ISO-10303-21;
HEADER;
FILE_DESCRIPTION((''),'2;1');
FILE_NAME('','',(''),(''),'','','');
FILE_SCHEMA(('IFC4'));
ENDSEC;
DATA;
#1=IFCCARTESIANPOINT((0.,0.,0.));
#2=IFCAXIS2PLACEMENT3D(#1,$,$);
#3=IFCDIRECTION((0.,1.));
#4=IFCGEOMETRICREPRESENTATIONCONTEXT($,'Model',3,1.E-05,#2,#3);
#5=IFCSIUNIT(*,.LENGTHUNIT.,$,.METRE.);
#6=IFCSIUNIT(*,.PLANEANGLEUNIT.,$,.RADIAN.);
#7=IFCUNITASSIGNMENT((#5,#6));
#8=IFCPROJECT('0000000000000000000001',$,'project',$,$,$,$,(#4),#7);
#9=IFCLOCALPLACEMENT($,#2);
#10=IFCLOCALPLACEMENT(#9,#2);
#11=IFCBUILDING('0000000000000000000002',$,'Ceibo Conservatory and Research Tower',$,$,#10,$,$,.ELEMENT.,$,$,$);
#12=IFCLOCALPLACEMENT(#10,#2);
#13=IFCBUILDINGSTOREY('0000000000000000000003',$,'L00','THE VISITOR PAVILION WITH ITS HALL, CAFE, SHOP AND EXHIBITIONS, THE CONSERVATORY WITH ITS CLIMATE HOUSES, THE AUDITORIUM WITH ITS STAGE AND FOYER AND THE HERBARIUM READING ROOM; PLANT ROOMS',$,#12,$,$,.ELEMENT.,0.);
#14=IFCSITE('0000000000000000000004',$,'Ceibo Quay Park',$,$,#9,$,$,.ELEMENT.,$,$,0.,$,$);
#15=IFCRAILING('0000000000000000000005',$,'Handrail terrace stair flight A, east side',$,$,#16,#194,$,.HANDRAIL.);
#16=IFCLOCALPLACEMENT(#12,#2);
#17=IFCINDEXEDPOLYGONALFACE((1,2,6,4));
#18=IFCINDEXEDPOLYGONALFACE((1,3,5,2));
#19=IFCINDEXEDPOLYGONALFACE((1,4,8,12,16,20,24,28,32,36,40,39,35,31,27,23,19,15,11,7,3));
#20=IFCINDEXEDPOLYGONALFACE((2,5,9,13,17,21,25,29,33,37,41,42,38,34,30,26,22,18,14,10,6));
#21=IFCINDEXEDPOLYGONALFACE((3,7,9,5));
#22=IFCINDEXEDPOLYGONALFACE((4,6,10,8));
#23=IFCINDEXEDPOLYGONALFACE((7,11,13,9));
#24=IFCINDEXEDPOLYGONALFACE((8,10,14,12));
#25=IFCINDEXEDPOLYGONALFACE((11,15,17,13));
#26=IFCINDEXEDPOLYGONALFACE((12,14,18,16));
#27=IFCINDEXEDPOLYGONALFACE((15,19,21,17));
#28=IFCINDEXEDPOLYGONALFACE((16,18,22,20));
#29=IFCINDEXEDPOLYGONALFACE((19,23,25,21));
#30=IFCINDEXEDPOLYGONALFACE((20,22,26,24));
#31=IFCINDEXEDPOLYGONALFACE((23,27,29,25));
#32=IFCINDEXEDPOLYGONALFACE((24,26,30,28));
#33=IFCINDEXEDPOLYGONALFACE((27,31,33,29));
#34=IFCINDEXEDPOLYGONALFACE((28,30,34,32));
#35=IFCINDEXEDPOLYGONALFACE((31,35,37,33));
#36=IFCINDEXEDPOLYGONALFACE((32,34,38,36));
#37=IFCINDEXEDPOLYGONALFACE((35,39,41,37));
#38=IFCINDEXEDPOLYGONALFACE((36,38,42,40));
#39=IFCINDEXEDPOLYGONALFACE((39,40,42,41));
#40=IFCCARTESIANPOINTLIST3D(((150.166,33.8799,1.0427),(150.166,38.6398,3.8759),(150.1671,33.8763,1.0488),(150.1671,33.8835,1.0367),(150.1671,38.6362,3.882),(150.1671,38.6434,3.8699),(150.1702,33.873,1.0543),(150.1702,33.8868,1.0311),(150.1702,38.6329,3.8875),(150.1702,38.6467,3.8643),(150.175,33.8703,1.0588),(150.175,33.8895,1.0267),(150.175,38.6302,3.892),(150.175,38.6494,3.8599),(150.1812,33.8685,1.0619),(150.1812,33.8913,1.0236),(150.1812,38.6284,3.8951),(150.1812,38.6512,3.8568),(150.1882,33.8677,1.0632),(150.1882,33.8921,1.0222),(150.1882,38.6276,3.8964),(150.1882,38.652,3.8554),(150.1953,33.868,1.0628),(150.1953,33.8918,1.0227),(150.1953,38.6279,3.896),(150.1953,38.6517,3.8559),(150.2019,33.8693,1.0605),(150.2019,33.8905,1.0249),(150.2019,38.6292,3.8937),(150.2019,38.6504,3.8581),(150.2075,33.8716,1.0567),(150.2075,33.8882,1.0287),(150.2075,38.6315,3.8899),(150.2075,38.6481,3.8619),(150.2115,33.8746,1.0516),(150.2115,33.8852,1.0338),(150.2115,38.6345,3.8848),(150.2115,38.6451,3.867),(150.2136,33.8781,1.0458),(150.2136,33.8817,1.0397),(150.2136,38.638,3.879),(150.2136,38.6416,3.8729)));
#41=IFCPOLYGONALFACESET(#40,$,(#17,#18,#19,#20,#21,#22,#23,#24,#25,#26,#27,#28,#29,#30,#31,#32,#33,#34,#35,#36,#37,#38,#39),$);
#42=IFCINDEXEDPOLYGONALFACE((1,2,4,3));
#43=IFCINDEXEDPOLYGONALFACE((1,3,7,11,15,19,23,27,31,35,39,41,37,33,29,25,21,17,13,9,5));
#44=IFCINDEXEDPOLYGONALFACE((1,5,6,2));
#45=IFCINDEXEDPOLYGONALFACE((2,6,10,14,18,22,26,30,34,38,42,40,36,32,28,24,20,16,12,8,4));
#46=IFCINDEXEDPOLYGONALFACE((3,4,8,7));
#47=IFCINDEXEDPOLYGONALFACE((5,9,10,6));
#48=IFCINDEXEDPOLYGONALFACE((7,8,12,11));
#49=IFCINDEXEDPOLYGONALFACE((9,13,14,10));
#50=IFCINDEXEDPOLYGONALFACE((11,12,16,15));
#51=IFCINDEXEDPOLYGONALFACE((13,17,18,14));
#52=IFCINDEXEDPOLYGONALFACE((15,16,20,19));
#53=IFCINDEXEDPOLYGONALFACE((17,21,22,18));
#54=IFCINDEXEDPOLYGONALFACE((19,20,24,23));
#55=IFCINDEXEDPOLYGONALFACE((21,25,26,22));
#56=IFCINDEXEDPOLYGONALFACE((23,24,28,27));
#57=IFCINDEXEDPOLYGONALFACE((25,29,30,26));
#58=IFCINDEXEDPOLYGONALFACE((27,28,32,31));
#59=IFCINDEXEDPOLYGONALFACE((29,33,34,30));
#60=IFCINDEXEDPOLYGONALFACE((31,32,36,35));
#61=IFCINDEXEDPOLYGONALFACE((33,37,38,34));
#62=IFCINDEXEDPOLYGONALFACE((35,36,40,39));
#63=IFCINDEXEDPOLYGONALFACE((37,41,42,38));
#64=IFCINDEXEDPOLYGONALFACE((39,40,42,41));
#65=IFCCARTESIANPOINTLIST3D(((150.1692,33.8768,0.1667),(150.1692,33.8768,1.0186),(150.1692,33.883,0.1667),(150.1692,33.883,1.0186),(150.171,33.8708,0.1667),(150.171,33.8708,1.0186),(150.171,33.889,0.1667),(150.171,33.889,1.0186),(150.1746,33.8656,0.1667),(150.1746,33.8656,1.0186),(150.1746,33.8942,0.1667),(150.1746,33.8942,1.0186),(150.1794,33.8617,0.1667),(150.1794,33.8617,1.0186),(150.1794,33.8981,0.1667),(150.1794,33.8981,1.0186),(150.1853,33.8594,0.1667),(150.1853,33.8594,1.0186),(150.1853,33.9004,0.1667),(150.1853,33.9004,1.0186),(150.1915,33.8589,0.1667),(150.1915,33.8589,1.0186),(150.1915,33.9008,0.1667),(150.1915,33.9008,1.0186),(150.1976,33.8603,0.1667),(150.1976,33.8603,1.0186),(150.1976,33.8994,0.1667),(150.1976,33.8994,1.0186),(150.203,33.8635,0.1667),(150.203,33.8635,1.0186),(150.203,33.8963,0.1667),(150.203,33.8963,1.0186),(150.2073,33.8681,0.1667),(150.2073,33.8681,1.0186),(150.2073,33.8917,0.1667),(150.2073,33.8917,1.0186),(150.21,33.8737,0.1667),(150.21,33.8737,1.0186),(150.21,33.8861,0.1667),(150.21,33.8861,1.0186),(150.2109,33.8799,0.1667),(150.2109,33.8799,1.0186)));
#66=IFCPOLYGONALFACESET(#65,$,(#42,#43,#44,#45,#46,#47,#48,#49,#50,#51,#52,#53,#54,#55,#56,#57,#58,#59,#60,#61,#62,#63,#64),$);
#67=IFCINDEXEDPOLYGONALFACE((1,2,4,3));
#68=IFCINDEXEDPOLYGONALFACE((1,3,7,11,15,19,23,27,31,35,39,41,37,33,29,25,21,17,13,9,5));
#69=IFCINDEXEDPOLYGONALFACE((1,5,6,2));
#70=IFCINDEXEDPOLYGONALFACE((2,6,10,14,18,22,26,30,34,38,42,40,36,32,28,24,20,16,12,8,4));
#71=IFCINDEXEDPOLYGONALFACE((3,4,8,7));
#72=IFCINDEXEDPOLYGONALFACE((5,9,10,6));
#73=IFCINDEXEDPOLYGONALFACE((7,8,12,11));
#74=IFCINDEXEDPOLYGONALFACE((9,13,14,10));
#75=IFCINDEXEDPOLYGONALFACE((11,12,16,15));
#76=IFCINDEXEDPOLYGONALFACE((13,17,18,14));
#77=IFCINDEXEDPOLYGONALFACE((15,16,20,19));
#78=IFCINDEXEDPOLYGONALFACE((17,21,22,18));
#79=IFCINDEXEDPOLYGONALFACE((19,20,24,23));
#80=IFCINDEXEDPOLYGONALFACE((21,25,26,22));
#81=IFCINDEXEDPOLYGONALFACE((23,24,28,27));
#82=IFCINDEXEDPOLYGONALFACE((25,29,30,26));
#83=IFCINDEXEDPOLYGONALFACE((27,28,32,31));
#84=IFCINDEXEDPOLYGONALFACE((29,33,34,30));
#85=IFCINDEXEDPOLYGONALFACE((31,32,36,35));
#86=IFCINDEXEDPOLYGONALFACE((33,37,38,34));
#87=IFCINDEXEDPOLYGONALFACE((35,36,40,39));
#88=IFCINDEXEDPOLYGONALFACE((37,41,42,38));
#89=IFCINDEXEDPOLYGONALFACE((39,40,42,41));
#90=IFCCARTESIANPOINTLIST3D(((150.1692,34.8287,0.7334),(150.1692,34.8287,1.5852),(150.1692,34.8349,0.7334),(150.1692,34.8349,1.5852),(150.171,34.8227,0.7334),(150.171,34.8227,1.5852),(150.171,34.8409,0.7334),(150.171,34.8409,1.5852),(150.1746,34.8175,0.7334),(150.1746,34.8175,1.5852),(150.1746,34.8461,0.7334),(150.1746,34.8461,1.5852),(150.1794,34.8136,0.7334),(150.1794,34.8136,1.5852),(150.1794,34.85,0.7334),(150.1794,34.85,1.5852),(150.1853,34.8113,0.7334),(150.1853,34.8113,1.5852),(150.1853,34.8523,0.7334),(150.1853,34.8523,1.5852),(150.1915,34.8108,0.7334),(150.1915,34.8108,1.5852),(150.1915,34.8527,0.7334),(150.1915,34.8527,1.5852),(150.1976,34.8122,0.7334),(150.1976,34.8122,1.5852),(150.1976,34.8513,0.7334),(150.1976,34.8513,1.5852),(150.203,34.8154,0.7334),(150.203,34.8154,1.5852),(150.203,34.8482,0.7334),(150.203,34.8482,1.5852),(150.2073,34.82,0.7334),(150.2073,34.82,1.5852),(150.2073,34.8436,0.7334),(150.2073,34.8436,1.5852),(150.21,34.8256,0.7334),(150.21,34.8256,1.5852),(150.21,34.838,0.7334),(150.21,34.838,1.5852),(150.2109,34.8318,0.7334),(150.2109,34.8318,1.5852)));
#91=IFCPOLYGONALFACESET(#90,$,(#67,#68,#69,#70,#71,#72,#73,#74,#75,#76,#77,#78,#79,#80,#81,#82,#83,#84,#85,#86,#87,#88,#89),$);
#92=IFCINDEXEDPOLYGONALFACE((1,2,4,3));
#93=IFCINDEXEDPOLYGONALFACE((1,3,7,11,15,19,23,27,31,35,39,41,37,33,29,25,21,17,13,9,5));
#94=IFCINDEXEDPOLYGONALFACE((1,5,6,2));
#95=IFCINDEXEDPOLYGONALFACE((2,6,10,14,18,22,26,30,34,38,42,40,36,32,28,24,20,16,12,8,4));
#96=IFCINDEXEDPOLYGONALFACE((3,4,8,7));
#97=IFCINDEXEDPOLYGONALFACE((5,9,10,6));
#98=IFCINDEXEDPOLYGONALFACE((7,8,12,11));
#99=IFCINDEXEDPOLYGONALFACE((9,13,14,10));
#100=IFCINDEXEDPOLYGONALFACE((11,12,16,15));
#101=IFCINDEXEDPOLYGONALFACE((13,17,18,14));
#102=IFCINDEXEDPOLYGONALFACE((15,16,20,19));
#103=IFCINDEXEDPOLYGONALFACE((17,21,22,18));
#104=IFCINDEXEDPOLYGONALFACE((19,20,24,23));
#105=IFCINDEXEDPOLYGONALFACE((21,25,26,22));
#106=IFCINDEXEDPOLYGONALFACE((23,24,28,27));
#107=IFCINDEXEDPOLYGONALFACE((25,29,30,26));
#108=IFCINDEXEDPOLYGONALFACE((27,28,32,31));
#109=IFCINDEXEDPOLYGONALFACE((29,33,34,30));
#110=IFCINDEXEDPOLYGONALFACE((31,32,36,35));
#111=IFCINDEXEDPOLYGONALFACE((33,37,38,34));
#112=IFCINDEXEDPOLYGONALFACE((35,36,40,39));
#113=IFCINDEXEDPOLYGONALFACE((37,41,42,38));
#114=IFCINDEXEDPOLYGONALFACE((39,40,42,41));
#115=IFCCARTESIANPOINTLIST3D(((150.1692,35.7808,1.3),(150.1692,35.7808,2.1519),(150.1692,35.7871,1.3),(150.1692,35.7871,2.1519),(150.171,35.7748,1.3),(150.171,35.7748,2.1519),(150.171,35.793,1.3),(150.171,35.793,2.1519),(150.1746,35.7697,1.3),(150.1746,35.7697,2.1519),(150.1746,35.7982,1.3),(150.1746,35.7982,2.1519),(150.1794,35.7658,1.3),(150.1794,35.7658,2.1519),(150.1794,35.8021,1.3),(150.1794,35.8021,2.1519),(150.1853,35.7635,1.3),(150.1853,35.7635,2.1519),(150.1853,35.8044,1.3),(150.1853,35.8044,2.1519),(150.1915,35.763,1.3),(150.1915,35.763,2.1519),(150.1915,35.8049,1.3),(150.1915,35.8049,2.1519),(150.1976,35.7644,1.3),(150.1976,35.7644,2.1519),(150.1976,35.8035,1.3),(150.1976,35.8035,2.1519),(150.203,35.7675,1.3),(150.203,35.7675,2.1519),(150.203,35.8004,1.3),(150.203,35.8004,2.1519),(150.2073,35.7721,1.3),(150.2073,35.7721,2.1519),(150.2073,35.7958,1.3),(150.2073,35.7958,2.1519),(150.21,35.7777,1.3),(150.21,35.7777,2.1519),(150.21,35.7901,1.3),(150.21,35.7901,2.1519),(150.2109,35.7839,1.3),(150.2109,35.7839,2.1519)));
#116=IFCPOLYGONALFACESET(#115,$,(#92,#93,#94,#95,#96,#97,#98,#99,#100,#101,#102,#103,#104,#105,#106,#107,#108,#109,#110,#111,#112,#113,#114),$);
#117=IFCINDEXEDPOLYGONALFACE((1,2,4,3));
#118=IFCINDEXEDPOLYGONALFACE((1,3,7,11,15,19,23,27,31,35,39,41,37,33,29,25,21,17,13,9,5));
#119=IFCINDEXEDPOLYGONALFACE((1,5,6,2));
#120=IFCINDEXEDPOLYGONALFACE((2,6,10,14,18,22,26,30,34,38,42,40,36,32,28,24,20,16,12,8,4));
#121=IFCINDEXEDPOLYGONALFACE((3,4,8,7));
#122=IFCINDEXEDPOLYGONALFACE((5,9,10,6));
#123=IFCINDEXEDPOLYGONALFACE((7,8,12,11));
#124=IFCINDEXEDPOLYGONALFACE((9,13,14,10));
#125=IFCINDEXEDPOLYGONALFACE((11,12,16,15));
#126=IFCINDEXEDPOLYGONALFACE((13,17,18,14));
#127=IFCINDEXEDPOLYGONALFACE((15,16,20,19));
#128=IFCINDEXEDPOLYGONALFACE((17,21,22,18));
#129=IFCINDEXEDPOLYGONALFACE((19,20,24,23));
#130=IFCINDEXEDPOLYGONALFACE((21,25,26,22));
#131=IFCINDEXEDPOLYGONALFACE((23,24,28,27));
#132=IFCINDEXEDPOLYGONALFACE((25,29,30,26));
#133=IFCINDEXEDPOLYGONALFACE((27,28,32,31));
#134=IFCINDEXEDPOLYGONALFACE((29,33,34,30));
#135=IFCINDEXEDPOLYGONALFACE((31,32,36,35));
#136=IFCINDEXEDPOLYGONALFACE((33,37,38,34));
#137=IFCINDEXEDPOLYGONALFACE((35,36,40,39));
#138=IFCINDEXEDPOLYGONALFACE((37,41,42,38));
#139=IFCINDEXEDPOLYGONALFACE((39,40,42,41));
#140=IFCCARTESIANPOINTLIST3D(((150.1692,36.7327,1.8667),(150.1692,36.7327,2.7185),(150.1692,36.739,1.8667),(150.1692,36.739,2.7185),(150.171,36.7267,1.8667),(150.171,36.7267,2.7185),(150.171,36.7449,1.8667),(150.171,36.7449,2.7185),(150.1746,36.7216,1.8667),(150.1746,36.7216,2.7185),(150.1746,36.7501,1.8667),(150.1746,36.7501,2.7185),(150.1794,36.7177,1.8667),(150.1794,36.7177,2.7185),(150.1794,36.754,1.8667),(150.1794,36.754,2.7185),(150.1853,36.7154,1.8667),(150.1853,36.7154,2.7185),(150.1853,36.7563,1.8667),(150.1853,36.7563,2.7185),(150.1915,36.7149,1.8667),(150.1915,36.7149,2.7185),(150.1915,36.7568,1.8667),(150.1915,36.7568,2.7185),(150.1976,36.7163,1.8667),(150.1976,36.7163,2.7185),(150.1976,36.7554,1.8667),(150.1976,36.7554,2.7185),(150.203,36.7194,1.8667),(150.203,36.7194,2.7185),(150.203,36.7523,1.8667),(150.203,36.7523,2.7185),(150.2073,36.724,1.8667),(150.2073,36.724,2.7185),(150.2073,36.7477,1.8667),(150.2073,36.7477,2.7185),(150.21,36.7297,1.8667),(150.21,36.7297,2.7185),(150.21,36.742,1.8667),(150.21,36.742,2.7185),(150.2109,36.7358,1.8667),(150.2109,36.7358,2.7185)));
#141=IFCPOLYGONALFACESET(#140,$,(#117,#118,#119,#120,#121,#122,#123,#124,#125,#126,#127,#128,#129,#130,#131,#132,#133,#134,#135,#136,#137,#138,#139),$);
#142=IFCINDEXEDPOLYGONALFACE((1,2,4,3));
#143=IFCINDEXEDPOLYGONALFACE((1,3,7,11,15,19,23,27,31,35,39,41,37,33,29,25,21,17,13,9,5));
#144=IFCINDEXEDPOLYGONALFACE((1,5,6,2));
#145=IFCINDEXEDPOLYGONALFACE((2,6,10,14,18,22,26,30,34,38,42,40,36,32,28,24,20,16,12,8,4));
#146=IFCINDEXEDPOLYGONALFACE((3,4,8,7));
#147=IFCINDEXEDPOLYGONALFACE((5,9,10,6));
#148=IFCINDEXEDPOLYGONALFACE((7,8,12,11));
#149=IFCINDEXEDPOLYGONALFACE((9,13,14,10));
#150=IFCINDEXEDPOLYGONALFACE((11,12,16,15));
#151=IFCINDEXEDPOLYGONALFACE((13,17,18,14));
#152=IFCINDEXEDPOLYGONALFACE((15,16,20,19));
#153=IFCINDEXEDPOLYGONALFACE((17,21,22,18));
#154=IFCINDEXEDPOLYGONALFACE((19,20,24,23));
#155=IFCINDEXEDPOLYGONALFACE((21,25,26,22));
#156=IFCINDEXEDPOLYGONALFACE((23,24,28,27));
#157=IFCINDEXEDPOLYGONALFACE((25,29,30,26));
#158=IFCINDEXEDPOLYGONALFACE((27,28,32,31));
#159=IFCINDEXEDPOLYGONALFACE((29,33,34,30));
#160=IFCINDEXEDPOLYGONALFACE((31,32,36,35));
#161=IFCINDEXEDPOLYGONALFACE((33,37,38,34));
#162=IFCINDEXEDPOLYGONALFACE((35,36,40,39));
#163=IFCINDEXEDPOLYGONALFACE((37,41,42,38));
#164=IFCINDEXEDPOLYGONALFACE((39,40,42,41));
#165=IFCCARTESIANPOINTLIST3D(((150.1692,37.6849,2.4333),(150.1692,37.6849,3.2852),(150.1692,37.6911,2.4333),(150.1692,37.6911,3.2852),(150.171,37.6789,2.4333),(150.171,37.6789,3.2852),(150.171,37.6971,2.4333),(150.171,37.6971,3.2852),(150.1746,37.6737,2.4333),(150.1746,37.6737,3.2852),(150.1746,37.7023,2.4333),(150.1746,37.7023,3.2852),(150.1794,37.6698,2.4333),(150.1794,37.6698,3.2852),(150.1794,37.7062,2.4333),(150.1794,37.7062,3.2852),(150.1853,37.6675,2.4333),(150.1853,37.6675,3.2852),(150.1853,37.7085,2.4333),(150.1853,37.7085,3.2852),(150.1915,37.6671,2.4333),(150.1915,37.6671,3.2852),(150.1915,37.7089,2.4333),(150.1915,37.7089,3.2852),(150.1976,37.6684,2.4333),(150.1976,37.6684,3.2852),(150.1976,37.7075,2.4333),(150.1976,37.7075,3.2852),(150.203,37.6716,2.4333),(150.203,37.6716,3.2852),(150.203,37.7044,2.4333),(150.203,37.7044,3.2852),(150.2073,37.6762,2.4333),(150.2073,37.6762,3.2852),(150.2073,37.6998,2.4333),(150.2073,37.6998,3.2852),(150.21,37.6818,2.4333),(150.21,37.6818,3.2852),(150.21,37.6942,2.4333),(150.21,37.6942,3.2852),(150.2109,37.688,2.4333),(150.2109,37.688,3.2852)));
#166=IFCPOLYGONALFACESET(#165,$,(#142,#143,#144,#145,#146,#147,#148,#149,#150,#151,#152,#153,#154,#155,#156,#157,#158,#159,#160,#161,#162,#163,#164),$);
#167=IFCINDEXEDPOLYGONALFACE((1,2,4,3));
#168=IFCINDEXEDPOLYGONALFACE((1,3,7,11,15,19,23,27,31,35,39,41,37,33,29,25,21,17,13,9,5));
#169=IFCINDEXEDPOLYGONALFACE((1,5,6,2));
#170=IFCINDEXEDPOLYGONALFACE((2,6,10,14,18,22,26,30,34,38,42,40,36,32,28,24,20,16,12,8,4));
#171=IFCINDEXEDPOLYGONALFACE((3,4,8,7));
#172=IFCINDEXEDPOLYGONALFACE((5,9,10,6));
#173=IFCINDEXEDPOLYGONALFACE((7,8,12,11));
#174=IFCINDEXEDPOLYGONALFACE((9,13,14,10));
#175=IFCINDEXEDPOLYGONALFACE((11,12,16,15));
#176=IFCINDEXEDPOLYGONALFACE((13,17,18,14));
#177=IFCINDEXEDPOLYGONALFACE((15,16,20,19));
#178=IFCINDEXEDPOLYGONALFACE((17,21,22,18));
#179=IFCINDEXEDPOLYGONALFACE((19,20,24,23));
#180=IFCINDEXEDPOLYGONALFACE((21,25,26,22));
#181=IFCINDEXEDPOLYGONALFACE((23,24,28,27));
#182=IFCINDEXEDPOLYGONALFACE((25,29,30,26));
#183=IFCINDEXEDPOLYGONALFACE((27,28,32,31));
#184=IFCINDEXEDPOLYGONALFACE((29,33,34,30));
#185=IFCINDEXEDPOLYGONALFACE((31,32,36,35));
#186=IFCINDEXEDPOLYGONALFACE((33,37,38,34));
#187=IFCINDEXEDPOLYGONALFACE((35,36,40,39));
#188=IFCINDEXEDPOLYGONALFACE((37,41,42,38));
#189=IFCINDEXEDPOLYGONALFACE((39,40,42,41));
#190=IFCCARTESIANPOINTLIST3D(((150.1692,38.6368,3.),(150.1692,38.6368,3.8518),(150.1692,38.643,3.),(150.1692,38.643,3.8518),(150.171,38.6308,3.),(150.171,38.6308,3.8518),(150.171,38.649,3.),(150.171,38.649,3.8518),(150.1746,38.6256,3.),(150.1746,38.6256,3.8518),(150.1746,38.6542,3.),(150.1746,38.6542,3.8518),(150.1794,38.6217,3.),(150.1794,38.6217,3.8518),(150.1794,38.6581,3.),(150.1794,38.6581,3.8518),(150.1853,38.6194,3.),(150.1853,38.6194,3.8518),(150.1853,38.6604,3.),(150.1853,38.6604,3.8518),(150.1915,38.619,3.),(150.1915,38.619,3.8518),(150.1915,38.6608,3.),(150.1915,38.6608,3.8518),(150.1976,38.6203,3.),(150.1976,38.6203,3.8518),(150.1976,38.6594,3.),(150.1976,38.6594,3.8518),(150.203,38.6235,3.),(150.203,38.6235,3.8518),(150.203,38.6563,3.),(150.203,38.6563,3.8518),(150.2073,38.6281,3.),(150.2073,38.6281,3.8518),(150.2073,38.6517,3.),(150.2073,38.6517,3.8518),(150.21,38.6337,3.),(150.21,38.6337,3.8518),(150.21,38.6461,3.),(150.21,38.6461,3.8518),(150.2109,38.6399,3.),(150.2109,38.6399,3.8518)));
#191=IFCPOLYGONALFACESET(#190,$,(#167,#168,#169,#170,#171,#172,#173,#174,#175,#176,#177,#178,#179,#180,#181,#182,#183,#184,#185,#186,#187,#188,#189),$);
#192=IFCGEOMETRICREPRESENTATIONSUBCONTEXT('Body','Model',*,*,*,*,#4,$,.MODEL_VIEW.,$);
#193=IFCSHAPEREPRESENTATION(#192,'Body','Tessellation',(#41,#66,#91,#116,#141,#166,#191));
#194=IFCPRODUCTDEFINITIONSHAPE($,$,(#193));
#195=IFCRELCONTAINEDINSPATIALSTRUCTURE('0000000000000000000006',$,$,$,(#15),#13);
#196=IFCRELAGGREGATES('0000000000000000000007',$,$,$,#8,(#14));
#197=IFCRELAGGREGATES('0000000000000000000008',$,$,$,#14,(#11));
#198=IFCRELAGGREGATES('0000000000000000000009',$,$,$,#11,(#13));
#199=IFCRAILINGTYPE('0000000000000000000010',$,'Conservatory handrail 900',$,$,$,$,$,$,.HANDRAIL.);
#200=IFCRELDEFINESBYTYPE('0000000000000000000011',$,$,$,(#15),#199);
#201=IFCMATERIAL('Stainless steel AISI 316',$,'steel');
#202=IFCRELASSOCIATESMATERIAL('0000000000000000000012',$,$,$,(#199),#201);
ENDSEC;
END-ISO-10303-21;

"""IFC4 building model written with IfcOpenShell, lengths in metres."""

from ifc_helpers import new_model, si_unit, direction, frame, origin, origin_2d, place, context, subcontext, project, spatial, circle, extrude, material, type_object, element, save


model = new_model("IFC4")

# Units and contexts
model_context = context("Model", 3, precision=1e-05, world=origin(), true_north=direction((0.0, 1.0)))
body_context = subcontext(model_context, "Body", "Model", "MODEL_VIEW")
ifc_project = project(units=[si_unit("LENGTHUNIT", "METRE"), si_unit("PLANEANGLEUNIT", "RADIAN")], contexts=[model_context])

# Site, building, storey
site_placement = place(None, origin())
site = spatial("IfcSite", under=ifc_project, at=site_placement, Name="Ceibo Quay Park", CompositionType="ELEMENT", RefElevation=0.0)
building_placement = place(site_placement, origin())
building = spatial("IfcBuilding", under=site, at=building_placement, Name="Ceibo Conservatory and Research Tower", CompositionType="ELEMENT")
storey_placement = place(building_placement, origin())
storey = spatial("IfcBuildingStorey", under=building, at=storey_placement, Name="L00", Description="THE VISITOR PAVILION WITH ITS HALL, CAFE, SHOP AND EXHIBITIONS, THE CONSERVATORY WITH ITS CLIMATE HOUSES, THE AUDITORIUM WITH ITS STAGE AND FOYER AND THE HERBARIUM READING ROOM; PLANT ROOMS", CompositionType="ELEMENT", Elevation=0.0)

# Railing
ifc_material_1 = material(Name="Stainless steel AISI 316", Category="steel")
railing_type = type_object("IfcRailingType", Name="Conservatory handrail 900", PredefinedType="HANDRAIL", material=ifc_material_1)
railing_placement = place(storey_placement, frame((150.1899, 33.8799, 0.1667)))
element("IfcRailing", 1, at=railing_placement, inside=storey, type_object=railing_type, Name="Handrail terrace stair flight A, east side", PredefinedType="HANDRAIL", context=body_context, shape_type="SweptSolid", body=[
    extrude(circle(Radius=0.0239, at=origin_2d()), frame((0.0, 0.0, 0.876), z_axis=(0.0, 0.8593, 0.511472), x_axis=(-1.0, 0.0, 0.0)), (0.0, 0.0, 1.0), 5.5393),
    extrude(circle(Radius=0.021, at=origin_2d()), origin(), (0.0, 0.0, 1.0), 0.8518),
    extrude(circle(Radius=0.021, at=origin_2d()), frame((0.0, 0.9519, 0.5667)), (0.0, 0.0, 1.0), 0.8518),
    extrude(circle(Radius=0.021, at=origin_2d()), frame((0.0, 1.9041, 1.1333)), (0.0, 0.0, 1.0), 0.8518),
    extrude(circle(Radius=0.021, at=origin_2d()), frame((0.0, 2.856, 1.7)), (0.0, 0.0, 1.0), 0.8518),
    extrude(circle(Radius=0.021, at=origin_2d()), frame((0.0, 3.8081, 2.2666)), (0.0, 0.0, 1.0), 0.8518),
    extrude(circle(Radius=0.021, at=origin_2d()), frame((0.0, 4.76, 2.8333)), (0.0, 0.0, 1.0), 0.8518),
])

save(model, "model.ifc")
